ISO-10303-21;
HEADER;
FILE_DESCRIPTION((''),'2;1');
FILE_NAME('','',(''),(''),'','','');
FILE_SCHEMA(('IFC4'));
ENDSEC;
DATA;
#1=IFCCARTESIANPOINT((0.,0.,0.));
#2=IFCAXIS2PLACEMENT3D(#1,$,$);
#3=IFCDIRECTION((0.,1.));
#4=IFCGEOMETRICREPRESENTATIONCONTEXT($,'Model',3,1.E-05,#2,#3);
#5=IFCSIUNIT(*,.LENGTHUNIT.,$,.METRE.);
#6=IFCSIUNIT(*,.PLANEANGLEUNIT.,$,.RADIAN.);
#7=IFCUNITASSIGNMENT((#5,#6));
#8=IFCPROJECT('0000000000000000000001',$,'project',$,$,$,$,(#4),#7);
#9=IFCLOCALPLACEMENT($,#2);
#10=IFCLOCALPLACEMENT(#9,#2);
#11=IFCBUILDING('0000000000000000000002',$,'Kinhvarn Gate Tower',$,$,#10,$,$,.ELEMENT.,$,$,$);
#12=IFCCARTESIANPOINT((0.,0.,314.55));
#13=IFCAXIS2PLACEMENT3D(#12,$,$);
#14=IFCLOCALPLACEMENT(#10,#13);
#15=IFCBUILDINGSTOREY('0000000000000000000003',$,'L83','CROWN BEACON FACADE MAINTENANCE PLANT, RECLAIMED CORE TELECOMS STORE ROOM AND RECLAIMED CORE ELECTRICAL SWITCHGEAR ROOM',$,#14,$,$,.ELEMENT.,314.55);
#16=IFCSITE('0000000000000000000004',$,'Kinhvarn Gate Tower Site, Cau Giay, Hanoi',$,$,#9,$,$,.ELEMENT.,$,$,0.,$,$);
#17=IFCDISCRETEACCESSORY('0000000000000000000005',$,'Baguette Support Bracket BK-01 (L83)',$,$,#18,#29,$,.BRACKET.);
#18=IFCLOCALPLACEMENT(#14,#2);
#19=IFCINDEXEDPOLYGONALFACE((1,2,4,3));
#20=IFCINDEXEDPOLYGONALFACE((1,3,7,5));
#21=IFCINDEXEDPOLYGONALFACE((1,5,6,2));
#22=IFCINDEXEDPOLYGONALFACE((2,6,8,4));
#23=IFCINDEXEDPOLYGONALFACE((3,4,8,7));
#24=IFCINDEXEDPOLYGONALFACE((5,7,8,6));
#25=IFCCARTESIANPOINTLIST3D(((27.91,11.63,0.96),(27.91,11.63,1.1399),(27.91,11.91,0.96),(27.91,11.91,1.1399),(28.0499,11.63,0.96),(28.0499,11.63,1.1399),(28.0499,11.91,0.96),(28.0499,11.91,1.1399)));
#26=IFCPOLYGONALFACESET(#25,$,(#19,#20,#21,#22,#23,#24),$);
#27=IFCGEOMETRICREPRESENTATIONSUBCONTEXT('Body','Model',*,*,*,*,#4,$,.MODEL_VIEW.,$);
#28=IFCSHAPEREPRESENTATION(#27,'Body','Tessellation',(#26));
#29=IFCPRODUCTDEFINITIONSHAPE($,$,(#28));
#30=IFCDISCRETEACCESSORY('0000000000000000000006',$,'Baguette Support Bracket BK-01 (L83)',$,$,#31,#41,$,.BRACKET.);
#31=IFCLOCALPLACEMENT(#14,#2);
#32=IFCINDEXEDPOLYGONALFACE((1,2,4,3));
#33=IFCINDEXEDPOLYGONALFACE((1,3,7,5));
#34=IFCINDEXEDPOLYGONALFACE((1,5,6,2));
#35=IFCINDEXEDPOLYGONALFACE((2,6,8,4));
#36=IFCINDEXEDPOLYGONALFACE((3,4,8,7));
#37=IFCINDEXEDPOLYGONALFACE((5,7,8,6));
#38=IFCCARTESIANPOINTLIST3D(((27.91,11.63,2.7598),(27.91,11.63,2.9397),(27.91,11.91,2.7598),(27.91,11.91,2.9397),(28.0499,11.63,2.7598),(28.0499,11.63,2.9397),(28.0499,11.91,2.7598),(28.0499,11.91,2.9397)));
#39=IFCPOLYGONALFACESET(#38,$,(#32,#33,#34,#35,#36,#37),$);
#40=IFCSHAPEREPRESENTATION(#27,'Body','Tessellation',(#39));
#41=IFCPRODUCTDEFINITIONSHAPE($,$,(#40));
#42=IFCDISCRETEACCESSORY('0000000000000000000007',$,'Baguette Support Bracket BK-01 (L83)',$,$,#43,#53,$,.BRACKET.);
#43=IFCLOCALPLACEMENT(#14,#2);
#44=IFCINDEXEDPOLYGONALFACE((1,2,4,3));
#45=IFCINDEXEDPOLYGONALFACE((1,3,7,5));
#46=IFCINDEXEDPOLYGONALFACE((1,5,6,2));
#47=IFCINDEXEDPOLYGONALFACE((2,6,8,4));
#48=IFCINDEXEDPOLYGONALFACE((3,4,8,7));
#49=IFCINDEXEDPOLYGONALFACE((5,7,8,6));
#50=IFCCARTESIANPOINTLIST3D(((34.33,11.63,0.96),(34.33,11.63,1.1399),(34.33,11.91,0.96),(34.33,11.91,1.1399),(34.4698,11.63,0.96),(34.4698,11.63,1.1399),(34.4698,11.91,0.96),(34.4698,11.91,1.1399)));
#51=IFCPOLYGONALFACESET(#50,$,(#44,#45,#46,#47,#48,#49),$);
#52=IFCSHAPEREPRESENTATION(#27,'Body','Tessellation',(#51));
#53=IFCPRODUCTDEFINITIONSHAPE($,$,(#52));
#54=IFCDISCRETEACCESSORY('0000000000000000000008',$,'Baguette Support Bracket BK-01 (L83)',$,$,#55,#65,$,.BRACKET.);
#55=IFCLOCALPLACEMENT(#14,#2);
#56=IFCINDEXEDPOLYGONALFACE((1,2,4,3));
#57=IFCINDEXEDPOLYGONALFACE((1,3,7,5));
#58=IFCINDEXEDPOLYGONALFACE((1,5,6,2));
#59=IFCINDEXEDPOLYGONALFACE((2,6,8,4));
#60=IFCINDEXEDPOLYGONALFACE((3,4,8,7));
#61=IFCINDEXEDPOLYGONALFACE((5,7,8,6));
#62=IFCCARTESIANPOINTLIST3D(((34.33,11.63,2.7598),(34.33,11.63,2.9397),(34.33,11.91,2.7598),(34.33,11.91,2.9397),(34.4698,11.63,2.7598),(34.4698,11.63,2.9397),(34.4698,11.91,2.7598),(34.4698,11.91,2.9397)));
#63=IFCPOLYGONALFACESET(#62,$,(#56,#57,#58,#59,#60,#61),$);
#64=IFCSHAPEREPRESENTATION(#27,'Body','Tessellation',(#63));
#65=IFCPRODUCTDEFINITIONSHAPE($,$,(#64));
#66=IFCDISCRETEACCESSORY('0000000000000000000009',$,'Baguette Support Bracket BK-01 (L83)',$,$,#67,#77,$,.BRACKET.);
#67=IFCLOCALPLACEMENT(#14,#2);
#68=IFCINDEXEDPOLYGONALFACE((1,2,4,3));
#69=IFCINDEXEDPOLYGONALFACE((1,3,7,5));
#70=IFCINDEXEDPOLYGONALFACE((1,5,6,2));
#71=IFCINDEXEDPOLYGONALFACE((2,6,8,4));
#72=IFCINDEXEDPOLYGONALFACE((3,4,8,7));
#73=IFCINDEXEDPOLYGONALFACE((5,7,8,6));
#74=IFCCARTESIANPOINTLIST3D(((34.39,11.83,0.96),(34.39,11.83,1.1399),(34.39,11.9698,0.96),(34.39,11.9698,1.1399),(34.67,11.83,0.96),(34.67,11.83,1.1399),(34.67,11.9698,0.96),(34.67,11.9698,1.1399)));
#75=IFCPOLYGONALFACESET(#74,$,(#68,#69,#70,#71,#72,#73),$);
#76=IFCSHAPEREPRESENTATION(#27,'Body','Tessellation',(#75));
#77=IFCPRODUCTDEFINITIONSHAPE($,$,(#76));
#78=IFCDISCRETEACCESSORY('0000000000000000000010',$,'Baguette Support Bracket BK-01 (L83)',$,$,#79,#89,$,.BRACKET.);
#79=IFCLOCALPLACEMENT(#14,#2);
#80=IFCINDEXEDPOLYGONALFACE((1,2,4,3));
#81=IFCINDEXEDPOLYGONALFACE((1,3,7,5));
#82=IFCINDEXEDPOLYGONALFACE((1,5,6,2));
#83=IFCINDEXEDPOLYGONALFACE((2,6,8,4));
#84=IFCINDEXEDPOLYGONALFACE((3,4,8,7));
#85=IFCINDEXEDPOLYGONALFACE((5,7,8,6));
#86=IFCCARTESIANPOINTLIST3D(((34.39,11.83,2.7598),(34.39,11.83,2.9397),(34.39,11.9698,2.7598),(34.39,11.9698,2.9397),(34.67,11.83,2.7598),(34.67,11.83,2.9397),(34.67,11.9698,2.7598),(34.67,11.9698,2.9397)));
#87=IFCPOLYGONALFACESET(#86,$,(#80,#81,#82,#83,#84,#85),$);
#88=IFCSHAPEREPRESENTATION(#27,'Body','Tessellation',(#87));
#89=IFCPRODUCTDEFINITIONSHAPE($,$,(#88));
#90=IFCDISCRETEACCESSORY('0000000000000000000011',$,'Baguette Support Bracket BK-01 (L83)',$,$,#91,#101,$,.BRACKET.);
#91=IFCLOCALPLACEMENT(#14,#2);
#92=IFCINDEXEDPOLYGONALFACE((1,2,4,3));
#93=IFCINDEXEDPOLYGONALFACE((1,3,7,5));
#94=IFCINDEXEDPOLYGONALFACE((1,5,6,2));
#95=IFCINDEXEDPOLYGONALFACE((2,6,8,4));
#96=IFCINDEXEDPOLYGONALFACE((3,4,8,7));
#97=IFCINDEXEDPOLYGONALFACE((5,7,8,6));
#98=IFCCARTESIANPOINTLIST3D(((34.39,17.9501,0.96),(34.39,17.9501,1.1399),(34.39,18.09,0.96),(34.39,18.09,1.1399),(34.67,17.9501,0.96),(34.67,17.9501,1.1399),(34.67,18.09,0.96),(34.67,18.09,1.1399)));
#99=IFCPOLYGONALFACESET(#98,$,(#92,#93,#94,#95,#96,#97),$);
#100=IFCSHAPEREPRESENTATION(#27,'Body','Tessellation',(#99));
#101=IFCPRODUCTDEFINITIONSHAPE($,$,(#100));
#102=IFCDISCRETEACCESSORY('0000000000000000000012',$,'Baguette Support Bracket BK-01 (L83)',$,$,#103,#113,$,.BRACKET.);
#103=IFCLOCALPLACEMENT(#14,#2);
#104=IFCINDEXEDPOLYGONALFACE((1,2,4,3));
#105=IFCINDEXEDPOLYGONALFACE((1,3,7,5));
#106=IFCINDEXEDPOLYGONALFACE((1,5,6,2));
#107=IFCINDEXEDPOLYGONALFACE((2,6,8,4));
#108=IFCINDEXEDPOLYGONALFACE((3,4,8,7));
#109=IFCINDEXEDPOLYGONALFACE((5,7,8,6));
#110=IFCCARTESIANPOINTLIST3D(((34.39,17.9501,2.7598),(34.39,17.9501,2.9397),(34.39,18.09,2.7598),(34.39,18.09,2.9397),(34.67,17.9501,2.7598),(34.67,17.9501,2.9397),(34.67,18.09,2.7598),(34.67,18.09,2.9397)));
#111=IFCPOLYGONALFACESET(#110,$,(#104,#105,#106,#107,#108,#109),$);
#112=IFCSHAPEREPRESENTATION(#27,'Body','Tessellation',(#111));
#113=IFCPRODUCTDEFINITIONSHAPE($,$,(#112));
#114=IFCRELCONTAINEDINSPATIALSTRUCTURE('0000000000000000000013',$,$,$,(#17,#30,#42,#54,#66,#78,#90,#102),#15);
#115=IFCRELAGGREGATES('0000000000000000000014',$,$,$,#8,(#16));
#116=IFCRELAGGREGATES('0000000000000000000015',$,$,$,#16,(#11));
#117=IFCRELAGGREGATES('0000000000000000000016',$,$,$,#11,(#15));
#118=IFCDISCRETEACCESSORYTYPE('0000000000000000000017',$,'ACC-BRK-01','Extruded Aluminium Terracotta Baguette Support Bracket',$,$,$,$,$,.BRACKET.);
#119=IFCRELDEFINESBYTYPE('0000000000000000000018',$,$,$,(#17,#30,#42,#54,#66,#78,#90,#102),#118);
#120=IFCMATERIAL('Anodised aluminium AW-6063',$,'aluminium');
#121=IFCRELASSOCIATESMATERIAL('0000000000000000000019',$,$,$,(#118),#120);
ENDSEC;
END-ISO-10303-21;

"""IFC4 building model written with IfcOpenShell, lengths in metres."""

from ifc_helpers import new_model, si_unit, direction, frame, origin, origin_2d, place, context, subcontext, project, spatial, rectangle, extrude, material, type_object, element, save


model = new_model("IFC4")

# Units and contexts
model_context = context("Model", 3, precision=1e-05, world=origin(), true_north=direction((0.0, 1.0)))
body_context = subcontext(model_context, "Body", "Model", "MODEL_VIEW")
ifc_project = project(units=[si_unit("LENGTHUNIT", "METRE"), si_unit("PLANEANGLEUNIT", "RADIAN")], contexts=[model_context])

# Site, building, storey
site_placement = place(None, origin())
site = spatial("IfcSite", under=ifc_project, at=site_placement, Name="Kinhvarn Gate Tower Site, Cau Giay, Hanoi", CompositionType="ELEMENT", RefElevation=0.0)
building_placement = place(site_placement, origin())
building = spatial("IfcBuilding", under=site, at=building_placement, Name="Kinhvarn Gate Tower", CompositionType="ELEMENT")
storey_placement = place(building_placement, frame((0.0, 0.0, 314.55)))
storey = spatial("IfcBuildingStorey", under=building, at=storey_placement, Name="L83", Description="CROWN BEACON FACADE MAINTENANCE PLANT, RECLAIMED CORE TELECOMS STORE ROOM AND RECLAIMED CORE ELECTRICAL SWITCHGEAR ROOM", CompositionType="ELEMENT", Elevation=314.55)

# Shared definitions
ifc_material_1 = material(Name="Anodised aluminium AW-6063", Category="aluminium")

# Discrete accessories
discrete_accessory_type = type_object("IfcDiscreteAccessoryType", Name="ACC-BRK-01", Description="Extruded Aluminium Terracotta Baguette Support Bracket", PredefinedType="BRACKET", material=ifc_material_1)
for number, where, z_axis, x_axis, name in (
    (1, (27.98, 11.77, 0.96), (0.0, 0.0, 1.0), (1.0, 0.0, 0.0), "Baguette Support Bracket BK-01 (L83)"),
    (2, (27.98, 11.77, 2.7598), (0.0, 0.0, 1.0), (1.0, 0.0, 0.0), "Baguette Support Bracket BK-01 (L83)"),
    (3, (34.3999, 11.77, 0.96), (0.0, 0.0, 1.0), (1.0, 0.0, 0.0), "Baguette Support Bracket BK-01 (L83)"),
    (4, (34.3999, 11.77, 2.7598), (0.0, 0.0, 1.0), (1.0, 0.0, 0.0), "Baguette Support Bracket BK-01 (L83)"),
    (5, (34.53, 11.8999, 0.96), (0.0, 0.0, 1.0), (0.0, 1.0, 0.0), "Baguette Support Bracket BK-01 (L83)"),
    (6, (34.53, 11.8999, 2.7598), (0.0, 0.0, 1.0), (0.0, 1.0, 0.0), "Baguette Support Bracket BK-01 (L83)"),
    (7, (34.53, 18.02, 0.96), (0.0, 0.0, 1.0), (0.0, 1.0, 0.0), "Baguette Support Bracket BK-01 (L83)"),
    (8, (34.53, 18.02, 2.7598), (0.0, 0.0, 1.0), (0.0, 1.0, 0.0), "Baguette Support Bracket BK-01 (L83)"),
):
    element("IfcDiscreteAccessory", number, at=place(storey_placement, frame(where, z_axis=z_axis, x_axis=x_axis)), inside=storey, type_object=discrete_accessory_type, Name=name, PredefinedType="BRACKET", context=body_context, shape_type="SweptSolid", body=[
        extrude(rectangle(XDim=0.1399, YDim=0.28, at=origin_2d()), origin(), (0.0, 0.0, 1.0), 0.1799),
    ])

save(model, "model.ifc")
